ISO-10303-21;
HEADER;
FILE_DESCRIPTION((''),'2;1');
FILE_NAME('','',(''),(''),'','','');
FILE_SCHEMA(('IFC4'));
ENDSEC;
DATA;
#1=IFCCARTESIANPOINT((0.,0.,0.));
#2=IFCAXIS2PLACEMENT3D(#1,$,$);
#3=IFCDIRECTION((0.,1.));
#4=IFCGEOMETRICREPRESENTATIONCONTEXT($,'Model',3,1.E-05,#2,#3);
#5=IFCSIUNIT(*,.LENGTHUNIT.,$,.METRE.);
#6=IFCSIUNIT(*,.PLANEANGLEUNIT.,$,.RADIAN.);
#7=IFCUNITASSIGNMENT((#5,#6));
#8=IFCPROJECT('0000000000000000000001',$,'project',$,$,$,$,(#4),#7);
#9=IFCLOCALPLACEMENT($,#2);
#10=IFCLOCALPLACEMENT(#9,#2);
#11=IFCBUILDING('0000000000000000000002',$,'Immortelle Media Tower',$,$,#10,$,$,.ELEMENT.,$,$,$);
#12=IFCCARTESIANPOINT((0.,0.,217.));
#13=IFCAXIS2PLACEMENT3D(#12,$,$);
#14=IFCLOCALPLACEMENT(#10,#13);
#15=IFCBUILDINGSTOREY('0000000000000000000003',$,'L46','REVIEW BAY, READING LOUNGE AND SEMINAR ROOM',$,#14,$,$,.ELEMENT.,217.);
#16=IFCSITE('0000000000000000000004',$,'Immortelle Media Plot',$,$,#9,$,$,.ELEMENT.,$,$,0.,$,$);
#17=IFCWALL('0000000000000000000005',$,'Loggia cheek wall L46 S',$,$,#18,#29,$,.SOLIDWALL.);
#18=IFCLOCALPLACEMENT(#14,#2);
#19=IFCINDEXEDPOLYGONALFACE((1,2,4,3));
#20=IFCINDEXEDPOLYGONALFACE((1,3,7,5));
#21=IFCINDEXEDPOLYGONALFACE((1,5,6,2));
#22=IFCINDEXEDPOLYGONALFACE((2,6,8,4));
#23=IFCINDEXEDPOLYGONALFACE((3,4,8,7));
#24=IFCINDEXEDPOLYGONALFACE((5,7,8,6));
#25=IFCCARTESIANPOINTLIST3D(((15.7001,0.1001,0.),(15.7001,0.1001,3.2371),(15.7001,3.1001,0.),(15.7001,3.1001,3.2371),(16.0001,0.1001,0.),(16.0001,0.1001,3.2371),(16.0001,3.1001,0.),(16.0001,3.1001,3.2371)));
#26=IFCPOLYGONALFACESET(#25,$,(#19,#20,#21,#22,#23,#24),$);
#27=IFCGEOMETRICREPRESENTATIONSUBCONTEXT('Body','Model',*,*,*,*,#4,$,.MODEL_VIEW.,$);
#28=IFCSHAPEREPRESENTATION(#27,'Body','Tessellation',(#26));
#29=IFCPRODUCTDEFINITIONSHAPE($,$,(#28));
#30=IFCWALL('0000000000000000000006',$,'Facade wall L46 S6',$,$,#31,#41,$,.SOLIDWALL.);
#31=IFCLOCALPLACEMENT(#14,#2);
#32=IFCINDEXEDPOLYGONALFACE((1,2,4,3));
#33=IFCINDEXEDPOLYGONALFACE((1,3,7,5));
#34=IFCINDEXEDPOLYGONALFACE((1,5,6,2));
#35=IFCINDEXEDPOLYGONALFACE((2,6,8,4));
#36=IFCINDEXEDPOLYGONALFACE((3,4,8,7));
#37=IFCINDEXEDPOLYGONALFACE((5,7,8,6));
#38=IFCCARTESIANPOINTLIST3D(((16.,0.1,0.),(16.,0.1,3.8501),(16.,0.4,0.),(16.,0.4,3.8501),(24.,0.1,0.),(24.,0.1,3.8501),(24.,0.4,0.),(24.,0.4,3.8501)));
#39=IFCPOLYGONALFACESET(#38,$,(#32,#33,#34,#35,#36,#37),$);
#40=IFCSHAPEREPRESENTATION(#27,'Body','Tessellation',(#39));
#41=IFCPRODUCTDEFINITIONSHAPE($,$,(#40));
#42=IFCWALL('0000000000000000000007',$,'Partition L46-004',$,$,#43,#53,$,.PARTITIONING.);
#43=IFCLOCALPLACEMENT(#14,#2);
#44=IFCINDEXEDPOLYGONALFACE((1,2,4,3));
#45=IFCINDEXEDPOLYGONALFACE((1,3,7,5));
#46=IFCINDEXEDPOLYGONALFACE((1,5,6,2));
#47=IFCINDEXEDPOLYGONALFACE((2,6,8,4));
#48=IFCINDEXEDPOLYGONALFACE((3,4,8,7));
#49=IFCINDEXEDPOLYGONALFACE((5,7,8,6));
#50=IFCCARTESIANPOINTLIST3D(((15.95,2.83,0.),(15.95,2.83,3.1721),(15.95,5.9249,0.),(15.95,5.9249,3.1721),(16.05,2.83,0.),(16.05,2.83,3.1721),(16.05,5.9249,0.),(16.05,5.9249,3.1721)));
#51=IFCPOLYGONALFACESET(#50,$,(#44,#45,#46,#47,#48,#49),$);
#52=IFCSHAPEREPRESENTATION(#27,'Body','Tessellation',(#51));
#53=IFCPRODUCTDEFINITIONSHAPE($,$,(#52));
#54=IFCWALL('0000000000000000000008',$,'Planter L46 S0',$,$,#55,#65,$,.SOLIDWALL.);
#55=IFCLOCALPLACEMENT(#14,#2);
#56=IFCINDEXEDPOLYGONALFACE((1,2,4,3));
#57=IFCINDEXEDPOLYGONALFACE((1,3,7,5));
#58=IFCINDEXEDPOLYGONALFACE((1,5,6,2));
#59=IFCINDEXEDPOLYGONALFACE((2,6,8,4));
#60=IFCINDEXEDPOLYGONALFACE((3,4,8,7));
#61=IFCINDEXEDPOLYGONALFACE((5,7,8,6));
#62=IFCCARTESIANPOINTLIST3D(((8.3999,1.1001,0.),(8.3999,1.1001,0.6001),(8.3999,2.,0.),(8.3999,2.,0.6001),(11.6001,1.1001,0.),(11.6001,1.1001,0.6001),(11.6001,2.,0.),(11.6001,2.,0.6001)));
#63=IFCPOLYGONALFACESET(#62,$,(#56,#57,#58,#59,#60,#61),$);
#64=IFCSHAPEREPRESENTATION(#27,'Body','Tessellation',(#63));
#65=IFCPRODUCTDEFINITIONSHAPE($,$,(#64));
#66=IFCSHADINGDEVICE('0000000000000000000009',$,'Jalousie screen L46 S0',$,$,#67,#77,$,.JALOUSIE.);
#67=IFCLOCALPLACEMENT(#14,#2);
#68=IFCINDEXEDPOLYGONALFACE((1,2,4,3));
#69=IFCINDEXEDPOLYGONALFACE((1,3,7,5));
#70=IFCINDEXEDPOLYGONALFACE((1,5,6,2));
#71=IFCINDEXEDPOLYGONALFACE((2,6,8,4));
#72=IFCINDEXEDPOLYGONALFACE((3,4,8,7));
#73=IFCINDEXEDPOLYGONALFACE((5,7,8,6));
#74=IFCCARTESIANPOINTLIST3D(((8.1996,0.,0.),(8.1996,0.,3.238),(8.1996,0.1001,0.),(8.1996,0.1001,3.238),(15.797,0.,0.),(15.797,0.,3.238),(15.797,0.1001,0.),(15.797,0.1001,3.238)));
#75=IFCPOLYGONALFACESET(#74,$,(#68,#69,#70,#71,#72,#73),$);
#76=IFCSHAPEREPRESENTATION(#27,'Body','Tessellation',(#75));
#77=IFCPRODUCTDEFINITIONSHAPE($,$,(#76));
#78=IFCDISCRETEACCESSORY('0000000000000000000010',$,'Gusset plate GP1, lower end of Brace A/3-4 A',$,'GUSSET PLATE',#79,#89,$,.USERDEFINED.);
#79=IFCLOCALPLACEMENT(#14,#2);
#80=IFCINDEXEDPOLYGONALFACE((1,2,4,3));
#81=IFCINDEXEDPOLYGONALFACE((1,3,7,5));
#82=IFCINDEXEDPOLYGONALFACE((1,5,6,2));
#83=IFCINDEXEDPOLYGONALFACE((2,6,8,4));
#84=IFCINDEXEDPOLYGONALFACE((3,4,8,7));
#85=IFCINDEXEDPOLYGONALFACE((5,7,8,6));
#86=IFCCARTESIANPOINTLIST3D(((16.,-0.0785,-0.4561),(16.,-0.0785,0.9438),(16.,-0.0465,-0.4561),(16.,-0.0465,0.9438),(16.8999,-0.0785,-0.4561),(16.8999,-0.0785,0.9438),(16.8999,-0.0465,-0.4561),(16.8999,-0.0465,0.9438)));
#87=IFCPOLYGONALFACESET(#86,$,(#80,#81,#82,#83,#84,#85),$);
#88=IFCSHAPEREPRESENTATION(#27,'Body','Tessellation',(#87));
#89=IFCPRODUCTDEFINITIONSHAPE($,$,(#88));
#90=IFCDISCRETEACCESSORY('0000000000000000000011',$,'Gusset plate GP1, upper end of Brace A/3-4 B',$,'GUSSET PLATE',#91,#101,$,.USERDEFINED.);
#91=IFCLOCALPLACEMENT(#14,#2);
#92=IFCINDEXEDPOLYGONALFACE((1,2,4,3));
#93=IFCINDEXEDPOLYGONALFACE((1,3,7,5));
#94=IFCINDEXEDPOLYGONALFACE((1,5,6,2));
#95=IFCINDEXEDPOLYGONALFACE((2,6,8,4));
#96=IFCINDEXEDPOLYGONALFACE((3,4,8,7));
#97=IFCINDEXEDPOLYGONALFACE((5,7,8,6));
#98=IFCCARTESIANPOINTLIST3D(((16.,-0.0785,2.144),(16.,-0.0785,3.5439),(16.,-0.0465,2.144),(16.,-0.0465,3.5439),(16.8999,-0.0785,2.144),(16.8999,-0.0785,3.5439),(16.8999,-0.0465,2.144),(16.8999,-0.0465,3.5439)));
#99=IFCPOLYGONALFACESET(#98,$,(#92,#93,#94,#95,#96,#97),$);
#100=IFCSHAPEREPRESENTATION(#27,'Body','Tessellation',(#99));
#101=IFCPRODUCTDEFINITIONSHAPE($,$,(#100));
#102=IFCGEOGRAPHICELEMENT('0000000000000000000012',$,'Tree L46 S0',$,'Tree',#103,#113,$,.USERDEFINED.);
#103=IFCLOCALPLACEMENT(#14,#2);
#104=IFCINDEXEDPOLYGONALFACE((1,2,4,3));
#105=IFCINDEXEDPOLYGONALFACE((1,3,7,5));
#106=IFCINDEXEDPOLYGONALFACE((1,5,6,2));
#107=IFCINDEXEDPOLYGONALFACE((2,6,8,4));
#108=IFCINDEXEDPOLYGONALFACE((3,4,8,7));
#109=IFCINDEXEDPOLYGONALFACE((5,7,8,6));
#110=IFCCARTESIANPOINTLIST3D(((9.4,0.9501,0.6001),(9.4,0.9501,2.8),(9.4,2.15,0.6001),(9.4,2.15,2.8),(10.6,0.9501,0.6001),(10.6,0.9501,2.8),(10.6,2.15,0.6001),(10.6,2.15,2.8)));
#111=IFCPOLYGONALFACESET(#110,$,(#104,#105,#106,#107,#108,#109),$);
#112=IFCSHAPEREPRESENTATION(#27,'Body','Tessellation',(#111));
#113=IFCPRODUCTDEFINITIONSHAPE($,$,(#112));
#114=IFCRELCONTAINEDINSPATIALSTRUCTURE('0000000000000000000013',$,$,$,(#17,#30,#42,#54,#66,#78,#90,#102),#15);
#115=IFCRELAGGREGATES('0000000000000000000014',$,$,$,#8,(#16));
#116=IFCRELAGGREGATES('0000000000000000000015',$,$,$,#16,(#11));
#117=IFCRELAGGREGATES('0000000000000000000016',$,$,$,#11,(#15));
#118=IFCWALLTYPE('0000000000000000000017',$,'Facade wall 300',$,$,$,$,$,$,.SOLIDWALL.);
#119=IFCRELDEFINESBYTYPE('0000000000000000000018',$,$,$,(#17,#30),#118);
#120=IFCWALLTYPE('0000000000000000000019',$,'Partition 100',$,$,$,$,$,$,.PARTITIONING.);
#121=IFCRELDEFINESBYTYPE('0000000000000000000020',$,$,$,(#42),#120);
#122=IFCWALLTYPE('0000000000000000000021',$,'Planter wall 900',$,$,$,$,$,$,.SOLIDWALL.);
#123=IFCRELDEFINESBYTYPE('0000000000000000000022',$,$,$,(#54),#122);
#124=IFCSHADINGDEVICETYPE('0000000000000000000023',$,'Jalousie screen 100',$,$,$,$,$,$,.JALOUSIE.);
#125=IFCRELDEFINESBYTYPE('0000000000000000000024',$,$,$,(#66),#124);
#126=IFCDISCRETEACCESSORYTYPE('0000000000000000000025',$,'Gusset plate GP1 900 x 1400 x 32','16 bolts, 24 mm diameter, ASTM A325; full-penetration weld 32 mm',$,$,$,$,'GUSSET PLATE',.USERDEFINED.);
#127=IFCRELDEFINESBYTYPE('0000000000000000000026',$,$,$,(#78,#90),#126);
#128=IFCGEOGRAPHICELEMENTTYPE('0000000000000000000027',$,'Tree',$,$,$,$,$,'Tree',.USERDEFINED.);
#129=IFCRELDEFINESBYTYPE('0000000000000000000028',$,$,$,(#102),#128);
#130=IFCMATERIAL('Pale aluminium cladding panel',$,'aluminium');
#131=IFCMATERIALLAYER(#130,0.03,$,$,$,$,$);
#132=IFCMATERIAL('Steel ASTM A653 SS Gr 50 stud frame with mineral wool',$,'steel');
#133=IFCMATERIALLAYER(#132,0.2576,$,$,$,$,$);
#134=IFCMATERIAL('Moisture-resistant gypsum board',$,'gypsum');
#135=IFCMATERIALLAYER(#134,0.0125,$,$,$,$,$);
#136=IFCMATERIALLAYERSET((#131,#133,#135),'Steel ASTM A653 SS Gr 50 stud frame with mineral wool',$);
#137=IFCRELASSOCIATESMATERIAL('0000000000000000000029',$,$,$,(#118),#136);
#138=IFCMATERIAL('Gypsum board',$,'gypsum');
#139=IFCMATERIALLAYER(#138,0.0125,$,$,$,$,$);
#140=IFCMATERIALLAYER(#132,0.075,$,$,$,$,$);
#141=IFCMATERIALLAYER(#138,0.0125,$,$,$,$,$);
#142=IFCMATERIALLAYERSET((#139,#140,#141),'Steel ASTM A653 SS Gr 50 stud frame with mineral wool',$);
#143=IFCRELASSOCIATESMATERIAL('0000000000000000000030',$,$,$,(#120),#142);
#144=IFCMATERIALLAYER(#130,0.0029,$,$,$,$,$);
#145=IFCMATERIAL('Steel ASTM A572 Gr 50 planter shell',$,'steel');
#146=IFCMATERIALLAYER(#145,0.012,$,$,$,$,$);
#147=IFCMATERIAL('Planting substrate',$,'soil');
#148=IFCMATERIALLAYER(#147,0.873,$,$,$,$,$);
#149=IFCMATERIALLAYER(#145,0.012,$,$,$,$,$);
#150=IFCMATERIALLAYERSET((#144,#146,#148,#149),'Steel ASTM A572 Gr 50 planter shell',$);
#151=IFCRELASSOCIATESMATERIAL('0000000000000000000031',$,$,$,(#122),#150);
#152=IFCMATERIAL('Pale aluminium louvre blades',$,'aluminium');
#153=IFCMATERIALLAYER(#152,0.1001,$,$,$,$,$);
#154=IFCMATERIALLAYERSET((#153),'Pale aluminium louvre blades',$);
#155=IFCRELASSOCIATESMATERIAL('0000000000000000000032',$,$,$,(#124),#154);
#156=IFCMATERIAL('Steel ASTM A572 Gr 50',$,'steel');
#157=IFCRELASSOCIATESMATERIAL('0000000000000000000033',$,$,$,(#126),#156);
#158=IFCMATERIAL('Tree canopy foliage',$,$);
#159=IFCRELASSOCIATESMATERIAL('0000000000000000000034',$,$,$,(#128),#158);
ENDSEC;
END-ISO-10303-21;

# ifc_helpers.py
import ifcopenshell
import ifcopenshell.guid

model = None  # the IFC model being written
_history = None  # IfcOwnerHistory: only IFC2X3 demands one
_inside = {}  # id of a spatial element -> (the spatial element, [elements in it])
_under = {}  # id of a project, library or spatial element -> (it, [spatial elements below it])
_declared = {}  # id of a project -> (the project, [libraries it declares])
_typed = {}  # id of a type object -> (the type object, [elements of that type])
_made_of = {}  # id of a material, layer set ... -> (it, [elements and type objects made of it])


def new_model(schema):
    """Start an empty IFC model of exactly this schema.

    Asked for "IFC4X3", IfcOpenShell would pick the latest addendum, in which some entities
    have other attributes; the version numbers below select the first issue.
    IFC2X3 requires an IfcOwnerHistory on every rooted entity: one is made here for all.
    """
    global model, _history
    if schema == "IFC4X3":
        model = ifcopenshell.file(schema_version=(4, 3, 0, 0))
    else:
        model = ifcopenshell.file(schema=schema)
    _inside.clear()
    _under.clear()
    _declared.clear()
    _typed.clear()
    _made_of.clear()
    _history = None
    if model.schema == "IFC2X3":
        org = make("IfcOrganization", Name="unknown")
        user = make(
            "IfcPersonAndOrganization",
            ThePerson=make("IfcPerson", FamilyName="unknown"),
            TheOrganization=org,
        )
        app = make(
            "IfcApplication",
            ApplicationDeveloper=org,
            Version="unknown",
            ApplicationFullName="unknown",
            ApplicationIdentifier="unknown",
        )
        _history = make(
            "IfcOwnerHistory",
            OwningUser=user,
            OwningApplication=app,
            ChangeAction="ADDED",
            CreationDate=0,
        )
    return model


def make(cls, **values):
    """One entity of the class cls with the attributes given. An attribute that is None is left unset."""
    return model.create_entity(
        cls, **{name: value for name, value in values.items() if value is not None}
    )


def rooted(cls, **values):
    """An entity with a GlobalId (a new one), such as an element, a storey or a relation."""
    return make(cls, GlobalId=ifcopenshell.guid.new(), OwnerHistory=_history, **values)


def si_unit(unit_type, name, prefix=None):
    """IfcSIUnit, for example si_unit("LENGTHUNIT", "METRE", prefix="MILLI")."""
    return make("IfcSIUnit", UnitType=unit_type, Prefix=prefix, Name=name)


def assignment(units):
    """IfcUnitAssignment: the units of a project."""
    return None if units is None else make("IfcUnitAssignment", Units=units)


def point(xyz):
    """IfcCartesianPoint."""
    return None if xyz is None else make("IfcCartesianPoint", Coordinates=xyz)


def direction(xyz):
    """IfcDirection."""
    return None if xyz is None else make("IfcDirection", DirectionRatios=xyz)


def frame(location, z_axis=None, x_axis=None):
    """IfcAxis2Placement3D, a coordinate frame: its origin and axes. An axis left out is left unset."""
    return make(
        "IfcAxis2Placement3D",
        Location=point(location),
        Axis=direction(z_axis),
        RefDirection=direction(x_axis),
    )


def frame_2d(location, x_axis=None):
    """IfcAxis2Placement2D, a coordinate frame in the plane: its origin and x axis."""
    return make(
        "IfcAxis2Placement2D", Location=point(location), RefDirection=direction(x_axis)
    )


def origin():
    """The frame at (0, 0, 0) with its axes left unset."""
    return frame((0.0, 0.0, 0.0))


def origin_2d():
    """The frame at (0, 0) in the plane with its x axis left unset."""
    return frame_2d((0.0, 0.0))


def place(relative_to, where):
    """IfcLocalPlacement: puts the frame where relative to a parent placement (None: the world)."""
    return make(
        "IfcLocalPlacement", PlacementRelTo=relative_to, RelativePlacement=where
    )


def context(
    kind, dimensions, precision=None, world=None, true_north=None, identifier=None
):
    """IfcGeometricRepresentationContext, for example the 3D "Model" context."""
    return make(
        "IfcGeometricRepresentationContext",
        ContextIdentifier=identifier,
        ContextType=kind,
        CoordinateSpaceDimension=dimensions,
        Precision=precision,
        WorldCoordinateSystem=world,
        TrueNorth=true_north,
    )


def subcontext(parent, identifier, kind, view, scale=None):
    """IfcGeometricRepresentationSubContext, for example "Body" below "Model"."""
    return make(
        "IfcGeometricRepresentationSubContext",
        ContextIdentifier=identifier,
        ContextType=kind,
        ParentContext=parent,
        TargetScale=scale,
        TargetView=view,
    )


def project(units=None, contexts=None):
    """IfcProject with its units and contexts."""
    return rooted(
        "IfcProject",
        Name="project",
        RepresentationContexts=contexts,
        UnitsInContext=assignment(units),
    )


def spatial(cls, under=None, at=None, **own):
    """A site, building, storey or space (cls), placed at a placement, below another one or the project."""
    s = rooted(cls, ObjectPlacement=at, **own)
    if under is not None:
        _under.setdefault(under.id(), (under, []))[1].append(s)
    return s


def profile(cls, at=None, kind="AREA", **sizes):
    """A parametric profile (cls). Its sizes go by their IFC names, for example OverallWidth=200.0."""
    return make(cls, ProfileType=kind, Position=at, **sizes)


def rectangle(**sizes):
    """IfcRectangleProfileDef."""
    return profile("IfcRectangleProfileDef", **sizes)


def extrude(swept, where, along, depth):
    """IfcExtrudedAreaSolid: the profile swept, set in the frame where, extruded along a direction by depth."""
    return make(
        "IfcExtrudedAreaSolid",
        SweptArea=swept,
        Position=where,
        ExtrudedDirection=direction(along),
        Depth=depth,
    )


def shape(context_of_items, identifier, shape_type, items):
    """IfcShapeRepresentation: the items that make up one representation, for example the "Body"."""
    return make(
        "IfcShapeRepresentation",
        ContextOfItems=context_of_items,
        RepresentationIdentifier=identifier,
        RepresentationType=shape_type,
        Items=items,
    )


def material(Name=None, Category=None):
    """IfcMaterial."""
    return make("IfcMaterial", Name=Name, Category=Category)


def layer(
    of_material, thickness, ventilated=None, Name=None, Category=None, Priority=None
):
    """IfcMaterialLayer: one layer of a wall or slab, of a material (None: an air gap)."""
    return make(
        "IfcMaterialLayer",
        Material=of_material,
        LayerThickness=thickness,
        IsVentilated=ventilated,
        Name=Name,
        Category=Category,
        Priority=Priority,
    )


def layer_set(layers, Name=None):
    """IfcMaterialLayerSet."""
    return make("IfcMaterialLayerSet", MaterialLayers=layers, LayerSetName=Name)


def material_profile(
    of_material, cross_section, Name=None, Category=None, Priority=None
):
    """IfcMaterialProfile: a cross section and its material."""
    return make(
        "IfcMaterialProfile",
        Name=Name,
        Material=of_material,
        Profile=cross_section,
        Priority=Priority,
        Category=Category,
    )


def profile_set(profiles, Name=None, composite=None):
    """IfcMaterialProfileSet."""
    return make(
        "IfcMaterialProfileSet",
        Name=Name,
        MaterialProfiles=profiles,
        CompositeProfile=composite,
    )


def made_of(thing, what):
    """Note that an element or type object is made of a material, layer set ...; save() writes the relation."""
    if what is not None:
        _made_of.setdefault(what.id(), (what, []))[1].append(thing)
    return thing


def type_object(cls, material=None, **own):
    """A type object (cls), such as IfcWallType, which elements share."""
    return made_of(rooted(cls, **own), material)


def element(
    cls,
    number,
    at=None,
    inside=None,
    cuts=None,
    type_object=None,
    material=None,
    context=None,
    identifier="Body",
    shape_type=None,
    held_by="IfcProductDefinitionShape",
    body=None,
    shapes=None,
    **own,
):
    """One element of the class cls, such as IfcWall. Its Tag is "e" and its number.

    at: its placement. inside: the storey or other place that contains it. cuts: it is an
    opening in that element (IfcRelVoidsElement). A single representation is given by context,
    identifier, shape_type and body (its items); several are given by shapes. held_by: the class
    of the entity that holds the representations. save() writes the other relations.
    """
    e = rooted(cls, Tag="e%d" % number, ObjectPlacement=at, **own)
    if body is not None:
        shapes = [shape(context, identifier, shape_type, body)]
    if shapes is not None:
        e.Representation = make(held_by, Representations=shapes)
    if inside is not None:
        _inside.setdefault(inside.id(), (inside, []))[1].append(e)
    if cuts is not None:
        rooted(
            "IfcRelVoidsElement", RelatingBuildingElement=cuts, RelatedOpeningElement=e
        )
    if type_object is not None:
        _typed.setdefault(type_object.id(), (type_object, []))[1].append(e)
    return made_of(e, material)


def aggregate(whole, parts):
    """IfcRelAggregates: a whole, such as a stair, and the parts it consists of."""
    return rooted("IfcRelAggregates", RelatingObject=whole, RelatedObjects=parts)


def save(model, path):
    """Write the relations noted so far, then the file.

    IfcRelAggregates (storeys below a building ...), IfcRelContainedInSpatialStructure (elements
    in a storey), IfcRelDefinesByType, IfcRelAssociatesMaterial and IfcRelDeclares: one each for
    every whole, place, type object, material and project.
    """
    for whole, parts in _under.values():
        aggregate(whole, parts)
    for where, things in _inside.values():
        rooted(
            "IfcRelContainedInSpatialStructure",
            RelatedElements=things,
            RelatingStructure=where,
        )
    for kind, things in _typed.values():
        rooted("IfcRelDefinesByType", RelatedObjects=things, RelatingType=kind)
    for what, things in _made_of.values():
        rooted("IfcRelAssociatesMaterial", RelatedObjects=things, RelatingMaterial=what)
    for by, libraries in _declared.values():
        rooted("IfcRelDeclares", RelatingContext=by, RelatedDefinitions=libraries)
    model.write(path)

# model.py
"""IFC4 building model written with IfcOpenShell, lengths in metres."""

from ifc_helpers import new_model, si_unit, direction, frame, frame_2d, origin, origin_2d, place, context, subcontext, project, spatial, rectangle, extrude, material, layer, layer_set, material_profile, profile_set, type_object, element, save


model = new_model("IFC4")

# Units and contexts
model_context = context("Model", 3, precision=1e-05, world=origin(), true_north=direction((0.0, 1.0)))
body_context = subcontext(model_context, "Body", "Model", "MODEL_VIEW")
ifc_project = project(units=[si_unit("LENGTHUNIT", "METRE"), si_unit("PLANEANGLEUNIT", "RADIAN")], contexts=[model_context])

# Site, building, storey
site_placement = place(None, origin())
site = spatial("IfcSite", under=ifc_project, at=site_placement, Name="Immortelle Media Plot", CompositionType="ELEMENT", RefElevation=0.0)
building_placement = place(site_placement, origin())
building = spatial("IfcBuilding", under=site, at=building_placement, Name="Immortelle Media Tower", CompositionType="ELEMENT")
storey_placement = place(building_placement, frame((0.0, 0.0, 217.0)))
storey = spatial("IfcBuildingStorey", under=building, at=storey_placement, Name="L46", Description="REVIEW BAY, READING LOUNGE AND SEMINAR ROOM", CompositionType="ELEMENT", Elevation=217.0)

# Shared definitions
ifc_material_1 = material(Name="Pale aluminium cladding panel", Category="aluminium")
ifc_layer_1 = layer(ifc_material_1, 0.03)
ifc_material_2 = material(Name="Steel ASTM A653 SS Gr 50 stud frame with mineral wool", Category="steel")
ifc_layer_2 = layer(ifc_material_2, 0.2576)
ifc_material_3 = material(Name="Moisture-resistant gypsum board", Category="gypsum")
ifc_layer_3 = layer(ifc_material_3, 0.0125)
ifc_layer_set_1 = layer_set([ifc_layer_1, ifc_layer_2, ifc_layer_3], Name="Steel ASTM A653 SS Gr 50 stud frame with mineral wool")
wall_type_1 = type_object("IfcWallType", Name="Facade wall 300", PredefinedType="SOLIDWALL", material=ifc_layer_set_1)

# Walls
wall_1_placement = place(storey_placement, frame((15.8501, 0.1001, 0.0), z_axis=(0.0, 0.0, 1.0), x_axis=(0.0, 1.0, 0.0)))
element("IfcWall", 1, at=wall_1_placement, inside=storey, type_object=wall_type_1, Name="Loggia cheek wall L46 S", PredefinedType="SOLIDWALL", context=body_context, shape_type="SweptSolid", body=[
    extrude(rectangle(XDim=3.0, YDim=0.3, at=frame_2d((1.5, 0.0))), origin(), (0.0, 0.0, 1.0), 3.2371),
])
wall_2_placement = place(storey_placement, frame((16.0, 0.25, 0.0), z_axis=(0.0, 0.0, 1.0), x_axis=(1.0, 0.0, 0.0)))
element("IfcWall", 2, at=wall_2_placement, inside=storey, type_object=wall_type_1, Name="Facade wall L46 S6", PredefinedType="SOLIDWALL", context=body_context, shape_type="SweptSolid", body=[
    extrude(rectangle(XDim=8.0, YDim=0.3, at=frame_2d((4.0, 0.0))), origin(), (0.0, 0.0, 1.0), 3.8501),
])
ifc_material_4 = material(Name="Gypsum board", Category="gypsum")
ifc_layer_4 = layer(ifc_material_4, 0.0125)
ifc_layer_5 = layer(ifc_material_2, 0.075)
ifc_layer_6 = layer(ifc_material_4, 0.0125)
ifc_layer_set_2 = layer_set([ifc_layer_4, ifc_layer_5, ifc_layer_6], Name="Steel ASTM A653 SS Gr 50 stud frame with mineral wool")
wall_type_2 = type_object("IfcWallType", Name="Partition 100", PredefinedType="PARTITIONING", material=ifc_layer_set_2)
wall_3_placement = place(storey_placement, frame((16.0, 2.8301, 0.0), z_axis=(0.0, 0.0, 1.0), x_axis=(0.0, 1.0, 0.0)))
element("IfcWall", 3, at=wall_3_placement, inside=storey, type_object=wall_type_2, Name="Partition L46-004", PredefinedType="PARTITIONING", context=body_context, shape_type="SweptSolid", body=[
    extrude(rectangle(XDim=3.095, YDim=0.1001, at=frame_2d((1.5474, 0.0))), origin(), (0.0, 0.0, 1.0), 3.1721),
])
ifc_layer_7 = layer(ifc_material_1, 0.0029)
ifc_material_5 = material(Name="Steel ASTM A572 Gr 50 planter shell", Category="steel")
ifc_layer_8 = layer(ifc_material_5, 0.012)
ifc_material_6 = material(Name="Planting substrate", Category="soil")
ifc_layer_9 = layer(ifc_material_6, 0.873)
ifc_layer_10 = layer(ifc_material_5, 0.012)
ifc_layer_set_3 = layer_set([ifc_layer_7, ifc_layer_8, ifc_layer_9, ifc_layer_10], Name="Steel ASTM A572 Gr 50 planter shell")
wall_type_3 = type_object("IfcWallType", Name="Planter wall 900", PredefinedType="SOLIDWALL", material=ifc_layer_set_3)
wall_4_placement = place(storey_placement, frame((8.3999, 1.55, 0.0), z_axis=(0.0, 0.0, 1.0), x_axis=(1.0, 0.0, 0.0)))
element("IfcWall", 4, at=wall_4_placement, inside=storey, type_object=wall_type_3, Name="Planter L46 S0", PredefinedType="SOLIDWALL", context=body_context, shape_type="SweptSolid", body=[
    extrude(rectangle(XDim=3.2002, YDim=0.8999, at=frame_2d((1.6001, 0.0))), origin(), (0.0, 0.0, 1.0), 0.6001),
])

# Shading device
ifc_material_7 = material(Name="Pale aluminium louvre blades", Category="aluminium")
ifc_layer_11 = layer(ifc_material_7, 0.1001)
ifc_layer_set_4 = layer_set([ifc_layer_11], Name="Pale aluminium louvre blades")
shading_device_type = type_object("IfcShadingDeviceType", Name="Jalousie screen 100", PredefinedType="JALOUSIE", material=ifc_layer_set_4)
shading_device_placement = place(storey_placement, frame((11.9983, 0.05, 0.0), z_axis=(0.0, 0.0, 1.0), x_axis=(1.0, 0.0, 0.0)))
element("IfcShadingDevice", 5, at=shading_device_placement, inside=storey, type_object=shading_device_type, Name="Jalousie screen L46 S0", PredefinedType="JALOUSIE", context=body_context, shape_type="SweptSolid", body=[
    extrude(rectangle(XDim=7.5974, YDim=0.1001, at=origin_2d()), origin(), (0.0, 0.0, 1.0), 3.238),
])

# Discrete accessories
ifc_material_8 = material(Name="Steel ASTM A572 Gr 50", Category="steel")
ifc_material_profile_1 = material_profile(ifc_material_8, rectangle(XDim=0.032, YDim=1.3999, at=origin_2d()), Name="PL 32 x 1400")
ifc_profile_set_1 = profile_set([ifc_material_profile_1], Name="Steel ASTM A572 Gr 50")
discrete_accessory_type = type_object("IfcDiscreteAccessoryType", Name="Gusset plate GP1 900 x 1400 x 32", Description="16 bolts, 24 mm diameter, ASTM A325; full-penetration weld 32 mm", ElementType="GUSSET PLATE", PredefinedType="USERDEFINED", material=ifc_profile_set_1)
for number, where, z_axis, x_axis, name in (
    (6, (16.0, -0.0625, 0.2439), (1.0, 0.0, 0.0), (0.0, 1.0, 0.0), "Gusset plate GP1, lower end of Brace A/3-4 A"),
    (7, (16.0, -0.0625, 2.844), (1.0, 0.0, 0.0), (0.0, 1.0, 0.0), "Gusset plate GP1, upper end of Brace A/3-4 B"),
):
    element("IfcDiscreteAccessory", number, at=place(storey_placement, frame(where, z_axis=z_axis, x_axis=x_axis)), inside=storey, type_object=discrete_accessory_type, Name=name, ObjectType="GUSSET PLATE", PredefinedType="USERDEFINED", context=body_context, shape_type="SweptSolid", body=[
        extrude(rectangle(XDim=0.032, YDim=1.3999, at=origin_2d()), origin(), (0.0, 0.0, 1.0), 0.8999),
    ])

# Geographic element
ifc_material_9 = material(Name="Tree canopy foliage")
geographic_element_type = type_object("IfcGeographicElementType", Name="Tree", ElementType="Tree", PredefinedType="USERDEFINED", material=ifc_material_9)
geographic_element_placement = place(storey_placement, frame((10.0, 1.55, 0.6001), z_axis=(0.0, 0.0, 1.0), x_axis=(1.0, 0.0, 0.0)))
element("IfcGeographicElement", 8, at=geographic_element_placement, inside=storey, type_object=geographic_element_type, Name="Tree L46 S0", ObjectType="Tree", PredefinedType="USERDEFINED", context=body_context, shape_type="SweptSolid", body=[
    extrude(rectangle(XDim=1.2, YDim=1.2, at=origin_2d()), origin(), (0.0, 0.0, 1.0), 2.2),
])

save(model, "model.ifc")
